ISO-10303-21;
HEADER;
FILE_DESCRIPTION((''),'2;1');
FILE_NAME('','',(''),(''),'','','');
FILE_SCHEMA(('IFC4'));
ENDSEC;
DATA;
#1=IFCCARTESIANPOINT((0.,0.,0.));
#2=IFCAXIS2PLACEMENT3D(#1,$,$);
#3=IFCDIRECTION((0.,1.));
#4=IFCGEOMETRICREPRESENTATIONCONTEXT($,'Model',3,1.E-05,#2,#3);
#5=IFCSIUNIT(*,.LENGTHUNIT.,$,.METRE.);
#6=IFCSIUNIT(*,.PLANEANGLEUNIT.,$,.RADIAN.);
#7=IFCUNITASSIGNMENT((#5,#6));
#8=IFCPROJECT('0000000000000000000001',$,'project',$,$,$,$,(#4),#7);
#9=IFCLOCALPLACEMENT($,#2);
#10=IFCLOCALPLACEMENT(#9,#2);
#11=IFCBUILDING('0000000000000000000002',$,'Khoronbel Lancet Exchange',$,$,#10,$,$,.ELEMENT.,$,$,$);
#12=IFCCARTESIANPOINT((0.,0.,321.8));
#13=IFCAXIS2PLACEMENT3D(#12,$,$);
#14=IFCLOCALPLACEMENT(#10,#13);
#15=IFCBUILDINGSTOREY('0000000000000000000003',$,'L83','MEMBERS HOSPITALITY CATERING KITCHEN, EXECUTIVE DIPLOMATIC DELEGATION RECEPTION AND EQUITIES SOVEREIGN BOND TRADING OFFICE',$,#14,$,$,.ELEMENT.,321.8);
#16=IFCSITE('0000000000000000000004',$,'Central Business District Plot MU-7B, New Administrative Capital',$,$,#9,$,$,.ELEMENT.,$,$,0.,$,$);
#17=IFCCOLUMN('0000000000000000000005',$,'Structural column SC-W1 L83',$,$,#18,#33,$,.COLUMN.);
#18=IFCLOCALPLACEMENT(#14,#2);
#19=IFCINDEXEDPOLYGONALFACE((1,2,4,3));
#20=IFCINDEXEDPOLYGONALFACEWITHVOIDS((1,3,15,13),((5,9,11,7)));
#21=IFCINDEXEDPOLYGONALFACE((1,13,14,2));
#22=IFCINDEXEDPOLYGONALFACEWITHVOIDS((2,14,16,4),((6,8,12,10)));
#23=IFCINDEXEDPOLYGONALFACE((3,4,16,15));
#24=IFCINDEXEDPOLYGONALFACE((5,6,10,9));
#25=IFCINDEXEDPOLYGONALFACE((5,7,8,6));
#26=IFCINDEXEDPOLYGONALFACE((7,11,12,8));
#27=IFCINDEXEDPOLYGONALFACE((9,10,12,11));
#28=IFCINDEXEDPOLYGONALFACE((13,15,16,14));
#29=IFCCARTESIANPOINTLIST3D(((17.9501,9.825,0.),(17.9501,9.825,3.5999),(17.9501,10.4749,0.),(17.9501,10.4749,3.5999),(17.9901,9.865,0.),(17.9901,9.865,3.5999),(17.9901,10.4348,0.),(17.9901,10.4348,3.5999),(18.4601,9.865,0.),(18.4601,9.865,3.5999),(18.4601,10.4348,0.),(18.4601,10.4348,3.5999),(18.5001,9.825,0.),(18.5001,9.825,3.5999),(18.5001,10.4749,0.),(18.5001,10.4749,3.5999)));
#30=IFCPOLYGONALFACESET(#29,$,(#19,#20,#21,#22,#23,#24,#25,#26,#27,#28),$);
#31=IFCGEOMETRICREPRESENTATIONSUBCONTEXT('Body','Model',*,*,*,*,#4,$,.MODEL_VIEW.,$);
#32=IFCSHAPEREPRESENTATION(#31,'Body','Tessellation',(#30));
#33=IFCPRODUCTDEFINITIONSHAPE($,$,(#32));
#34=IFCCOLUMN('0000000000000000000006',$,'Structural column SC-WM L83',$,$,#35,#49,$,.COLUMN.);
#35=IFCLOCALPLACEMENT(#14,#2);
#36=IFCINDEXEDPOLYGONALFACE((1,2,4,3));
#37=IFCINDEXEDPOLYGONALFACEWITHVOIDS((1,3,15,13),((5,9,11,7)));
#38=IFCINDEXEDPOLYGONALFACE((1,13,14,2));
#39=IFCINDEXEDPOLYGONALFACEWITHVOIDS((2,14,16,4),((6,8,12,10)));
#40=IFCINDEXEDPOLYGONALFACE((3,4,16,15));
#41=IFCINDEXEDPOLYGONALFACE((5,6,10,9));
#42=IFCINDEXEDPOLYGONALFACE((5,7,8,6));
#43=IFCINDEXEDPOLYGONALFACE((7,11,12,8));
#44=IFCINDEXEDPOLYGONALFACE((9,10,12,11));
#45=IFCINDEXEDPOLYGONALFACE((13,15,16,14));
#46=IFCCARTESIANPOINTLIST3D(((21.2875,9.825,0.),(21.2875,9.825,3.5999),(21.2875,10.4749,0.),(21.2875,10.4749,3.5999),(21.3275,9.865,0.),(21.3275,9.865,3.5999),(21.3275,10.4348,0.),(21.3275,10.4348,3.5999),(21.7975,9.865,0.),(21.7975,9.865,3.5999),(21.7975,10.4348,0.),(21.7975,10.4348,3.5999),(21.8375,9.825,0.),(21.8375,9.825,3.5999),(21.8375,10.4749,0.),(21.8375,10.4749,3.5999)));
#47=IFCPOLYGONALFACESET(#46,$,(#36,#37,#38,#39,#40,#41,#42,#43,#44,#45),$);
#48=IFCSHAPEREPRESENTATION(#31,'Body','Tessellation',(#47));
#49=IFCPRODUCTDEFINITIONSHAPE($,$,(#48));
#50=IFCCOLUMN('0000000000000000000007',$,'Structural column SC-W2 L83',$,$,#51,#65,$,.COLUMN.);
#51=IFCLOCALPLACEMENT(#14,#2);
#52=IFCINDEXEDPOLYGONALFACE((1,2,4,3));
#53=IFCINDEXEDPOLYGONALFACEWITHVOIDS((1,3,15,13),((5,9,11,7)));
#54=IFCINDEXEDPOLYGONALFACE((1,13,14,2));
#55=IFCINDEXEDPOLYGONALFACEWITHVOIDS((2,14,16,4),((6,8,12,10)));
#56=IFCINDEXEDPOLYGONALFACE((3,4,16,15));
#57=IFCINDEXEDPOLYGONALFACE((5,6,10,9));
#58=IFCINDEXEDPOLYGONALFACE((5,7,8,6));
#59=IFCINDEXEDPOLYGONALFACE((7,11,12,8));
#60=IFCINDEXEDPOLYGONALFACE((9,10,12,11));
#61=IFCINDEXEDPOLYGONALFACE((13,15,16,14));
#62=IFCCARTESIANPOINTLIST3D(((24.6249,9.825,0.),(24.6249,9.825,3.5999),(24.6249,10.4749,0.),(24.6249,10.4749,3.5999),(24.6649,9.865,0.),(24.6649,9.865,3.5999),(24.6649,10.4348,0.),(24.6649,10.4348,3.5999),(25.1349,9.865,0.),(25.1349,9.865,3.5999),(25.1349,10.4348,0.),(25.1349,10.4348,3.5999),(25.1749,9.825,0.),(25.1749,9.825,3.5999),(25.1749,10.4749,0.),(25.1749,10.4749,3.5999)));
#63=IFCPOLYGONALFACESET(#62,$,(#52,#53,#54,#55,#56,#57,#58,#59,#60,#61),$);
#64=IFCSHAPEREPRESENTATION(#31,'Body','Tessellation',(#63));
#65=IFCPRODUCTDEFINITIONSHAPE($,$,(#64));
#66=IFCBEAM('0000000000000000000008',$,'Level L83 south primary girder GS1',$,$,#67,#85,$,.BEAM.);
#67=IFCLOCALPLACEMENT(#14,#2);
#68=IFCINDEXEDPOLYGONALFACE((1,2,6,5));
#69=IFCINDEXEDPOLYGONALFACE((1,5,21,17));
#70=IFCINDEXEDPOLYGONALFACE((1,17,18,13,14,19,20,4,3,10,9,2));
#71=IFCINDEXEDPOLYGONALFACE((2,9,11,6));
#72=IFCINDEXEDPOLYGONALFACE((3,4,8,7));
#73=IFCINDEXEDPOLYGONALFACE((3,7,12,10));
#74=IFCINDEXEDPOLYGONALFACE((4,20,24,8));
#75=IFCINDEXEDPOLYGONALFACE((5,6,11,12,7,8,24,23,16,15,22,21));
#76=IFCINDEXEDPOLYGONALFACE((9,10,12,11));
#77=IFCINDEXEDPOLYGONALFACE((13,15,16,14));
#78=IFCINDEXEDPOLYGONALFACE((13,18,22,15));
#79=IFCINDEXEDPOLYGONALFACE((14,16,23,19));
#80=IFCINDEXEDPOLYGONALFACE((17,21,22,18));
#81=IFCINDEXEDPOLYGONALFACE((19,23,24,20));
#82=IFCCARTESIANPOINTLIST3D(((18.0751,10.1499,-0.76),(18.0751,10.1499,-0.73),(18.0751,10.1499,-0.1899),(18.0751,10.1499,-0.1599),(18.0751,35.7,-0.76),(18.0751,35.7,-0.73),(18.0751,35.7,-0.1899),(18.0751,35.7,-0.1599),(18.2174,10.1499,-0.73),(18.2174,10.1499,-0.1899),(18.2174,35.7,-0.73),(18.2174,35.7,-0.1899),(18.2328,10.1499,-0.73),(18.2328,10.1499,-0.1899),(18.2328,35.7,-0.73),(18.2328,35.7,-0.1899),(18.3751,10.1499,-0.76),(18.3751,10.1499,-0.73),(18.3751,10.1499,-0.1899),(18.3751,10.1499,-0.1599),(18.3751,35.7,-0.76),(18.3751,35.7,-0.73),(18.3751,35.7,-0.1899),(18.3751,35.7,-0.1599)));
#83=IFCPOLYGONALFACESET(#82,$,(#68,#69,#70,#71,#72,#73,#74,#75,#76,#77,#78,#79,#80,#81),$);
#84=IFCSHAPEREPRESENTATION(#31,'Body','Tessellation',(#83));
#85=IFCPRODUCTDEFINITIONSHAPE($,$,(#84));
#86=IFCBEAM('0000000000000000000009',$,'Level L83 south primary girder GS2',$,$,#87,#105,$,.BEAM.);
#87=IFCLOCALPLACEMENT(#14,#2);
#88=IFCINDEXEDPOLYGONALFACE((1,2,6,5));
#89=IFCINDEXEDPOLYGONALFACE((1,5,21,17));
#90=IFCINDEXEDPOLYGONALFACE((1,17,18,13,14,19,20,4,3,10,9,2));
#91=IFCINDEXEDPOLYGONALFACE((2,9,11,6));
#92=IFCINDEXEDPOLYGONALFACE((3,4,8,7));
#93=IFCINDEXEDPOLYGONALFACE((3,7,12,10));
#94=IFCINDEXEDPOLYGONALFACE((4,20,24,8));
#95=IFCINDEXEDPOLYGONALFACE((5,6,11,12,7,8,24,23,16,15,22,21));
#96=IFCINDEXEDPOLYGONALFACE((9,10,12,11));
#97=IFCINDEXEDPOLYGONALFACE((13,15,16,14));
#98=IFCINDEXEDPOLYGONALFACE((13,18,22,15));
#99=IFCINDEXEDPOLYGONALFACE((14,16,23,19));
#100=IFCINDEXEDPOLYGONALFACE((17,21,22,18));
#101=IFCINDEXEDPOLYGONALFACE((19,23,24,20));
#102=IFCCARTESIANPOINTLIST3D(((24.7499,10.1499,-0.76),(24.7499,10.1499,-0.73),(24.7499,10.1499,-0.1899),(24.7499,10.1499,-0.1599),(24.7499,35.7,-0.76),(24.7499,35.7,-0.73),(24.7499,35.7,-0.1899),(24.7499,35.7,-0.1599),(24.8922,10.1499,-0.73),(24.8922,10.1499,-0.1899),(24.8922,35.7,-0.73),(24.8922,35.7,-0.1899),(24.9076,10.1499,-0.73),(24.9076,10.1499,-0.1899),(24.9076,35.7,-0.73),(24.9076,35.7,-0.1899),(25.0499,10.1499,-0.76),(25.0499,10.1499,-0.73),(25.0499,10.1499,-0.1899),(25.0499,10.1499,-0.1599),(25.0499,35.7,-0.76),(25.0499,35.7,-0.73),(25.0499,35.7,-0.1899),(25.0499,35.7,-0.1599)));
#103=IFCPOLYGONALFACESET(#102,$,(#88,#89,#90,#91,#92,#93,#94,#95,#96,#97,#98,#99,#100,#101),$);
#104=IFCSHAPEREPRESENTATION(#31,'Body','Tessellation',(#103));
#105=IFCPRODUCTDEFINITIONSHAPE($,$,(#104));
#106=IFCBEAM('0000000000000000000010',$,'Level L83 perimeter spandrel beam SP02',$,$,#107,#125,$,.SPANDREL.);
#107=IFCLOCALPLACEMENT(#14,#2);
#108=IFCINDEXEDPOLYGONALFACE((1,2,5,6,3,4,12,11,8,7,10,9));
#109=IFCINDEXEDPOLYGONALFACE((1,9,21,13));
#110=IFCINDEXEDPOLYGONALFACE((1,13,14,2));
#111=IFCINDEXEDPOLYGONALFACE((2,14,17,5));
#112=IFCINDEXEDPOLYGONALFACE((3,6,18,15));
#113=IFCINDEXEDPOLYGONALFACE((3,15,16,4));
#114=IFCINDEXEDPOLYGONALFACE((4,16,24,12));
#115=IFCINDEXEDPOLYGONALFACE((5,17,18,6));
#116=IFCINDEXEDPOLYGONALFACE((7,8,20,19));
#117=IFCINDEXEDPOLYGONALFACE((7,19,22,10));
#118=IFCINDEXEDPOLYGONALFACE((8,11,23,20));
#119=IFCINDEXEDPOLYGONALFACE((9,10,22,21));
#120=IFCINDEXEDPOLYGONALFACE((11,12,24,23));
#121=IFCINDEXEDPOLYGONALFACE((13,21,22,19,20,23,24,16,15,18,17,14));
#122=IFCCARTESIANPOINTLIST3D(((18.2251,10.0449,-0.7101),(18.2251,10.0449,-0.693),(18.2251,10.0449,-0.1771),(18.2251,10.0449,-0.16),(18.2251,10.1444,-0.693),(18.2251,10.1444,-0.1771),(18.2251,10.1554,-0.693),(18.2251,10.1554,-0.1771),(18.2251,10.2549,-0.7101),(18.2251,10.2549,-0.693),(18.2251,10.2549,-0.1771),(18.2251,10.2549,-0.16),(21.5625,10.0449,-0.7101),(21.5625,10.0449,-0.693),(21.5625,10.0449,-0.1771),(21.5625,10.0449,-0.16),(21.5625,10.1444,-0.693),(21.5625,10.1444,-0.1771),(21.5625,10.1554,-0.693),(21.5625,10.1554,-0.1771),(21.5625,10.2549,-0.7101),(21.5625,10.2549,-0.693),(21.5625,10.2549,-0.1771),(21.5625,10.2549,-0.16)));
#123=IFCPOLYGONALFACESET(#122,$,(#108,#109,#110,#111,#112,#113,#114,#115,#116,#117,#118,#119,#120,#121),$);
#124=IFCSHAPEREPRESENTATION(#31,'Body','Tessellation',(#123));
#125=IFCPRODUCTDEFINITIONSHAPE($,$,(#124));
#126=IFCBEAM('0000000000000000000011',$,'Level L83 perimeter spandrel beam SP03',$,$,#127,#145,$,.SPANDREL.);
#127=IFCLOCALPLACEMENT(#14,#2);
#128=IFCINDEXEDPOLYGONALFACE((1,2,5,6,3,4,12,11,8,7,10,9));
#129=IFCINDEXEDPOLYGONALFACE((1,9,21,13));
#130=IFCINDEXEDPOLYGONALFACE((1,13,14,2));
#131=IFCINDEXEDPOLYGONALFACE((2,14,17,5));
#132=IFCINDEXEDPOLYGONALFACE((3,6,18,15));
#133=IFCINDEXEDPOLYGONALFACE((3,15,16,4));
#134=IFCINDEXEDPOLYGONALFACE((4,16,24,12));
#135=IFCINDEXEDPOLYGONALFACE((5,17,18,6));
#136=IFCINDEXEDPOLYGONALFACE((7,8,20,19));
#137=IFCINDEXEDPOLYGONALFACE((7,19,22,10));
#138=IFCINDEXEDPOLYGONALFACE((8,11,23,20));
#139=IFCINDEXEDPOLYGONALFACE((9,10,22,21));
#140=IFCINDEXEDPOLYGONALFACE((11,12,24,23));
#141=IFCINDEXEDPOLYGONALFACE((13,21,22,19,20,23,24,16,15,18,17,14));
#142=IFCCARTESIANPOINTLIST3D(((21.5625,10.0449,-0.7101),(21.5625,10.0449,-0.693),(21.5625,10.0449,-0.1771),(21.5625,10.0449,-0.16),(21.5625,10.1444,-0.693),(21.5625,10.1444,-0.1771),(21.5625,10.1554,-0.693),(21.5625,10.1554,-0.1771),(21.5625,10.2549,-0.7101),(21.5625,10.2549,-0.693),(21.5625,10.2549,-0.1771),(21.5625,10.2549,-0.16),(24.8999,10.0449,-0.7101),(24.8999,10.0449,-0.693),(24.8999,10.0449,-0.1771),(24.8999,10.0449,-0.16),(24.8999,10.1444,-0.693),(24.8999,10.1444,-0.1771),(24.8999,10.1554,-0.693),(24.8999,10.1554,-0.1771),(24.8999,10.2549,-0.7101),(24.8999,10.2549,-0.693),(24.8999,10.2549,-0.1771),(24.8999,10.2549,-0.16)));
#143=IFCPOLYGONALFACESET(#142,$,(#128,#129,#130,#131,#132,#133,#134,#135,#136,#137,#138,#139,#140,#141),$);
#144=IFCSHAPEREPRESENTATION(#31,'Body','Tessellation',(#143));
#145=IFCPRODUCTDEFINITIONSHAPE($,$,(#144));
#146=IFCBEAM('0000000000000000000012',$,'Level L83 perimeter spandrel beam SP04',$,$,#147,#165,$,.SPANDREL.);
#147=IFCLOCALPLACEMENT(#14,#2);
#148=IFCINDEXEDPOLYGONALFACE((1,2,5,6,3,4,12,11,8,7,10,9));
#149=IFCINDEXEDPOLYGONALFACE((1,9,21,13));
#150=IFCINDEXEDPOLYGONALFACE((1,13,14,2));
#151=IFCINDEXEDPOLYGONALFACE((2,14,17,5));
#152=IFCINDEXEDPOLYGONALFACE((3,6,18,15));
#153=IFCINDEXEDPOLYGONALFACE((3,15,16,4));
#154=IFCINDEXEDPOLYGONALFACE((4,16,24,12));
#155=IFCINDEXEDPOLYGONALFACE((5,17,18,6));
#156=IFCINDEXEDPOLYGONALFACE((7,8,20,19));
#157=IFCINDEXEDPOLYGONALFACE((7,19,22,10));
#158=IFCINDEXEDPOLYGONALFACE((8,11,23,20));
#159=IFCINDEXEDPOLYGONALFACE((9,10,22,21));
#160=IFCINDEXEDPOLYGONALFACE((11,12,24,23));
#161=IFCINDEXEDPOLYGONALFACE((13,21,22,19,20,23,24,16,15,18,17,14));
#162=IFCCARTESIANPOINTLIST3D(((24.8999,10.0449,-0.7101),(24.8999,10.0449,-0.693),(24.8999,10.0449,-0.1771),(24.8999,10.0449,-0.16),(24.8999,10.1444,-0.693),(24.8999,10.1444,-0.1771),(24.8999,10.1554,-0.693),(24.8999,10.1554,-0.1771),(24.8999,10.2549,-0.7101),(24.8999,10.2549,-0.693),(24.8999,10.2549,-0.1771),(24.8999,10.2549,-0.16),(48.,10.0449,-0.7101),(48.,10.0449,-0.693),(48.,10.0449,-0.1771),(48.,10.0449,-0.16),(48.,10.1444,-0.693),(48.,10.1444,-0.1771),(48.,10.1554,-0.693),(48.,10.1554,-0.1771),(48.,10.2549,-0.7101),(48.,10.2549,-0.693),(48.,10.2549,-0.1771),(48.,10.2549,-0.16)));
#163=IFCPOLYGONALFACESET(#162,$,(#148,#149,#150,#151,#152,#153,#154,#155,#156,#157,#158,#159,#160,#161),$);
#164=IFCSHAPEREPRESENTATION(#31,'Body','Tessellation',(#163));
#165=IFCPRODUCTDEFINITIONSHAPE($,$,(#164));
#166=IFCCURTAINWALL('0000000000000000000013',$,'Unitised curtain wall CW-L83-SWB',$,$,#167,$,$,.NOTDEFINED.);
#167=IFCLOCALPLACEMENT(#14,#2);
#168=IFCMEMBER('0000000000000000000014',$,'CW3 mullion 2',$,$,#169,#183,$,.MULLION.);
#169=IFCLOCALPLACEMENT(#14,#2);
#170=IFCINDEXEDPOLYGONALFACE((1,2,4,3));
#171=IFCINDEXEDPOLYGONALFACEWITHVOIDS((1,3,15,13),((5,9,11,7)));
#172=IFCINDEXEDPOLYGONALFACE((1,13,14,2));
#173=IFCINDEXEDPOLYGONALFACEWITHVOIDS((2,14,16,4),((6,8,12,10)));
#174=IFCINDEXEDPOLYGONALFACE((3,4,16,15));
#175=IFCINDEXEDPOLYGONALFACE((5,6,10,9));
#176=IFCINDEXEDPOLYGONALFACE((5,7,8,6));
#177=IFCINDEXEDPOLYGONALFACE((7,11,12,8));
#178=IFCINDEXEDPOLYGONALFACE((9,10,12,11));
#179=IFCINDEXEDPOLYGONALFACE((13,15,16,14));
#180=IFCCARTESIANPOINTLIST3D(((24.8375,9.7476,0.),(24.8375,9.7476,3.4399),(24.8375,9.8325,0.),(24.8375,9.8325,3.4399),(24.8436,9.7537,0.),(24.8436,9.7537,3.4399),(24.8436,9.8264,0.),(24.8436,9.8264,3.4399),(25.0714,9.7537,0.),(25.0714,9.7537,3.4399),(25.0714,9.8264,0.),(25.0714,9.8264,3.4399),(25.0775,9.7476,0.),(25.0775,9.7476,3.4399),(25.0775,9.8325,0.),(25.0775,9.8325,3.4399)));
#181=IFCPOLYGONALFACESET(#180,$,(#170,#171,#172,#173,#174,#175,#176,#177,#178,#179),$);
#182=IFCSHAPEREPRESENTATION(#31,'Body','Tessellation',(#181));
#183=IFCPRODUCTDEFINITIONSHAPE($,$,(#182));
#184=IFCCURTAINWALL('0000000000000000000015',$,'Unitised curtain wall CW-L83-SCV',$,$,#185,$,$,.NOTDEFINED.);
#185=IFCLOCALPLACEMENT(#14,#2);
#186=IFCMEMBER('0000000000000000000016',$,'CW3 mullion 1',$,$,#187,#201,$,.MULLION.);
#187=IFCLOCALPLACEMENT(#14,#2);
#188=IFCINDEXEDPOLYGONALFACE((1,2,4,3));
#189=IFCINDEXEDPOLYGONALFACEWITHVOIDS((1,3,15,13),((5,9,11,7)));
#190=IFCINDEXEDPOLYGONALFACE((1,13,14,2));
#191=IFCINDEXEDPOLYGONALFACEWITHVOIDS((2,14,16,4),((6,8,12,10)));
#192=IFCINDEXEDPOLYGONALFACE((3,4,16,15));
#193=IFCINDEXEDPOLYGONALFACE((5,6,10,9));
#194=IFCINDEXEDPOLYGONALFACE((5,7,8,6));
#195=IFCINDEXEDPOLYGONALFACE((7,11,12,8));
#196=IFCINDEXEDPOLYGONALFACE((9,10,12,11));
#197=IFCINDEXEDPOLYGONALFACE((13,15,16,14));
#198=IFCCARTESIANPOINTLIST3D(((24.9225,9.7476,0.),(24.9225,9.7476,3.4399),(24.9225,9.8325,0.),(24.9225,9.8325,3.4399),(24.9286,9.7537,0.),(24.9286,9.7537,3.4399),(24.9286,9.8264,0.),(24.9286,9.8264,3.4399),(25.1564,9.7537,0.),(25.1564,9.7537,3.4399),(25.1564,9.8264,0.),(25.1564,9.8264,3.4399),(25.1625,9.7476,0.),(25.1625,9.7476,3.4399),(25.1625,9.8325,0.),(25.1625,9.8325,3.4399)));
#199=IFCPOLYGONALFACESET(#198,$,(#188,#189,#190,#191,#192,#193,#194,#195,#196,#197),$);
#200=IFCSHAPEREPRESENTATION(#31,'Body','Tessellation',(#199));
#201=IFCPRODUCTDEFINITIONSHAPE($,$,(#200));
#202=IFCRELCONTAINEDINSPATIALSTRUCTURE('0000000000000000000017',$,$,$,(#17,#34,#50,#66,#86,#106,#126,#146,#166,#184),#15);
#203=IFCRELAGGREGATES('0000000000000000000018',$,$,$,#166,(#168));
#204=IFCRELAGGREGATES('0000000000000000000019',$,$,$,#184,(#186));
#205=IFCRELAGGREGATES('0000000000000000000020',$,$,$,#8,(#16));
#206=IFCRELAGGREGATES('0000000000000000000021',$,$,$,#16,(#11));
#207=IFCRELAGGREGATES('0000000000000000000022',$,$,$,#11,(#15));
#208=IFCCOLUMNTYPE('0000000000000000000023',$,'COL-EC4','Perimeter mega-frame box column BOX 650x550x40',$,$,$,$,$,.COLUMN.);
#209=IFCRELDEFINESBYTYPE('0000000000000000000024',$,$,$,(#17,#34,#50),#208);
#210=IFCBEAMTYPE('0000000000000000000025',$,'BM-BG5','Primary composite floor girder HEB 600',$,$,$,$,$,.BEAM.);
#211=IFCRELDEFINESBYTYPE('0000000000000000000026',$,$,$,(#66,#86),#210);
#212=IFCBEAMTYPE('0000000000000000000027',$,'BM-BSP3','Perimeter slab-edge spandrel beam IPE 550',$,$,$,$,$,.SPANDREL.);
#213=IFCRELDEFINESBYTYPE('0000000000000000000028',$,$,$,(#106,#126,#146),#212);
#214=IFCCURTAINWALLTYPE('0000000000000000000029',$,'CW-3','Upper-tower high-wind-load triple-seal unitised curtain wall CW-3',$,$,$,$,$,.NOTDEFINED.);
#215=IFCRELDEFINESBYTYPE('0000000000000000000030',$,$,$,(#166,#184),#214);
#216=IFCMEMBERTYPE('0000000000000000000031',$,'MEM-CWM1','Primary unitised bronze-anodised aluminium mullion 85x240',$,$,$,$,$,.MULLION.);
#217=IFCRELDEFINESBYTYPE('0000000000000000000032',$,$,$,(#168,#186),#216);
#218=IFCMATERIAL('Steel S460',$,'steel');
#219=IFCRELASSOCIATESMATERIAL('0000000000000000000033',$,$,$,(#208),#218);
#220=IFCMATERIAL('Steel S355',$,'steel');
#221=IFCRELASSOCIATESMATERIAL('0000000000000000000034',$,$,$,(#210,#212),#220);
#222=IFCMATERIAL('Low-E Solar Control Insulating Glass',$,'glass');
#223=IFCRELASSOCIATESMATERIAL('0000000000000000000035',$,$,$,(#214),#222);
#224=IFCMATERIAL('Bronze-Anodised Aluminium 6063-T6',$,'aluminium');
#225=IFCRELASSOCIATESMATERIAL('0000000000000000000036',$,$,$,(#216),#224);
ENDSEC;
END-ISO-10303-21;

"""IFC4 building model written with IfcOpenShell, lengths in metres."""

from ifc_helpers import new_model, si_unit, direction, frame, origin, origin_2d, place, context, subcontext, project, spatial, hollow_rectangle, i_section, extrude, material, material_profile, profile_set, type_object, element, aggregate, save


model = new_model("IFC4")

# Units and contexts
model_context = context("Model", 3, precision=1e-05, world=origin(), true_north=direction((0.0, 1.0)))
body_context = subcontext(model_context, "Body", "Model", "MODEL_VIEW")
ifc_project = project(units=[si_unit("LENGTHUNIT", "METRE"), si_unit("PLANEANGLEUNIT", "RADIAN")], contexts=[model_context])

# Site, building, storey
site_placement = place(None, origin())
site = spatial("IfcSite", under=ifc_project, at=site_placement, Name="Central Business District Plot MU-7B, New Administrative Capital", CompositionType="ELEMENT", RefElevation=0.0)
building_placement = place(site_placement, origin())
building = spatial("IfcBuilding", under=site, at=building_placement, Name="Khoronbel Lancet Exchange", CompositionType="ELEMENT")
storey_placement = place(building_placement, frame((0.0, 0.0, 321.8)))
storey = spatial("IfcBuildingStorey", under=building, at=storey_placement, Name="L83", Description="MEMBERS HOSPITALITY CATERING KITCHEN, EXECUTIVE DIPLOMATIC DELEGATION RECEPTION AND EQUITIES SOVEREIGN BOND TRADING OFFICE", CompositionType="ELEMENT", Elevation=321.8)

# Columns
ifc_material_1 = material(Name="Steel S460", Category="steel")
ifc_material_profile_1 = material_profile(ifc_material_1, hollow_rectangle(XDim=0.55, YDim=0.6499, WallThickness=0.04, at=origin_2d()), Name="BOX 650x550x40")
ifc_profile_set_1 = profile_set([ifc_material_profile_1], Name="Steel S460")
column_type = type_object("IfcColumnType", Name="COL-EC4", Description="Perimeter mega-frame box column BOX 650x550x40", PredefinedType="COLUMN", material=ifc_profile_set_1)
for number, where, z_axis, x_axis, name in (
    (1, (18.2251, 10.1499, 0.0), (0.0, 0.0, 1.0), (1.0, 0.0, 0.0), "Structural column SC-W1 L83"),
    (2, (21.5625, 10.1499, 0.0), (0.0, 0.0, 1.0), (1.0, 0.0, 0.0), "Structural column SC-WM L83"),
    (3, (24.8999, 10.1499, 0.0), (0.0, 0.0, 1.0), (1.0, 0.0, 0.0), "Structural column SC-W2 L83"),
):
    element("IfcColumn", number, at=place(storey_placement, frame(where, z_axis=z_axis, x_axis=x_axis)), inside=storey, type_object=column_type, Name=name, PredefinedType="COLUMN", context=body_context, shape_type="SweptSolid", body=[
        extrude(hollow_rectangle(XDim=0.55, YDim=0.6499, WallThickness=0.04, at=origin_2d()), origin(), (0.0, 0.0, 1.0), 3.5999),
    ])

# Beams
ifc_material_2 = material(Name="Steel S355", Category="steel")
ifc_material_profile_2 = material_profile(ifc_material_2, i_section(OverallWidth=0.3, OverallDepth=0.6001, WebThickness=0.0154, FlangeThickness=0.03, at=origin_2d()), Name="HEB 600")
ifc_profile_set_2 = profile_set([ifc_material_profile_2], Name="Steel S355")
beam_type_1 = type_object("IfcBeamType", Name="BM-BG5", Description="Primary composite floor girder HEB 600", PredefinedType="BEAM", material=ifc_profile_set_2)
for number, where, z_axis, x_axis, name in (
    (4, (18.2251, 10.1499, -0.46), (0.0, 1.0, 0.0), (-1.0, 0.0, 0.0), "Level L83 south primary girder GS1"),
    (5, (24.8999, 10.1499, -0.46), (0.0, 1.0, 0.0), (-1.0, 0.0, 0.0), "Level L83 south primary girder GS2"),
):
    element("IfcBeam", number, at=place(storey_placement, frame(where, z_axis=z_axis, x_axis=x_axis)), inside=storey, type_object=beam_type_1, Name=name, PredefinedType="BEAM", context=body_context, shape_type="SweptSolid", body=[
        extrude(i_section(OverallWidth=0.3, OverallDepth=0.6001, WebThickness=0.0154, FlangeThickness=0.03, at=origin_2d()), origin(), (0.0, 0.0, 1.0), 25.55),
    ])
ifc_material_profile_3 = material_profile(ifc_material_2, i_section(OverallWidth=0.21, OverallDepth=0.55, WebThickness=0.011, FlangeThickness=0.0171, at=origin_2d()), Name="IPE 550")
ifc_profile_set_3 = profile_set([ifc_material_profile_3], Name="Steel S355")
beam_type_2 = type_object("IfcBeamType", Name="BM-BSP3", Description="Perimeter slab-edge spandrel beam IPE 550", PredefinedType="SPANDREL", material=ifc_profile_set_3)
for number, where, z_axis, x_axis, name in (
    (6, (18.2251, 10.1499, -0.4351), (1.0, 0.0, 0.0), (0.0, 1.0, 0.0), "Level L83 perimeter spandrel beam SP02"),
    (7, (21.5625, 10.1499, -0.4351), (1.0, 0.0, 0.0), (0.0, 1.0, 0.0), "Level L83 perimeter spandrel beam SP03"),
):
    element("IfcBeam", number, at=place(storey_placement, frame(where, z_axis=z_axis, x_axis=x_axis)), inside=storey, type_object=beam_type_2, Name=name, PredefinedType="SPANDREL", context=body_context, shape_type="SweptSolid", body=[
        extrude(i_section(OverallWidth=0.21, OverallDepth=0.55, WebThickness=0.011, FlangeThickness=0.0171, at=origin_2d()), origin(), (0.0, 0.0, 1.0), 3.3374),
    ])
beam_placement = place(storey_placement, frame((24.8999, 10.1499, -0.4351), z_axis=(1.0, 0.0, 0.0), x_axis=(0.0, 1.0, 0.0)))
element("IfcBeam", 8, at=beam_placement, inside=storey, type_object=beam_type_2, Name="Level L83 perimeter spandrel beam SP04", PredefinedType="SPANDREL", context=body_context, shape_type="SweptSolid", body=[
    extrude(i_section(OverallWidth=0.21, OverallDepth=0.55, WebThickness=0.011, FlangeThickness=0.0171, at=origin_2d()), origin(), (0.0, 0.0, 1.0), 23.1001),
])

# Curtain walls, members
ifc_material_3 = material(Name="Low-E Solar Control Insulating Glass", Category="glass")
curtain_wall_type = type_object("IfcCurtainWallType", Name="CW-3", Description="Upper-tower high-wind-load triple-seal unitised curtain wall CW-3", PredefinedType="NOTDEFINED", material=ifc_material_3)
curtain_wall_1_placement = place(storey_placement, origin())
curtain_wall_1 = element("IfcCurtainWall", 9, at=curtain_wall_1_placement, inside=storey, type_object=curtain_wall_type, Name="Unitised curtain wall CW-L83-SWB", PredefinedType="NOTDEFINED")
ifc_material_4 = material(Name="Bronze-Anodised Aluminium 6063-T6", Category="aluminium")
ifc_material_profile_4 = material_profile(ifc_material_4, hollow_rectangle(XDim=0.085, YDim=0.24, WallThickness=0.0061, at=origin_2d()), Name="ALU MULLION 85x240")
ifc_profile_set_4 = profile_set([ifc_material_profile_4], Name="Bronze-Anodised Aluminium 6063-T6")
member_type_1 = type_object("IfcMemberType", Name="MEM-CWM1", Description="Primary unitised bronze-anodised aluminium mullion 85x240", PredefinedType="MULLION", material=ifc_profile_set_4)
member_1_placement = place(storey_placement, frame((24.9575, 9.79, 0.0), z_axis=(0.0, 0.0, 1.0), x_axis=(0.0, 1.0, 0.0)))
member_1 = element("IfcMember", 10, at=member_1_placement, type_object=member_type_1, Name="CW3 mullion 2", PredefinedType="MULLION", context=body_context, shape_type="SweptSolid", body=[
    extrude(hollow_rectangle(XDim=0.085, YDim=0.24, WallThickness=0.0061, at=origin_2d()), origin(), (0.0, 0.0, 1.0), 3.4399),
])
curtain_wall_2_placement = place(storey_placement, origin())
curtain_wall_2 = element("IfcCurtainWall", 11, at=curtain_wall_2_placement, inside=storey, type_object=curtain_wall_type, Name="Unitised curtain wall CW-L83-SCV", PredefinedType="NOTDEFINED")
member_2_placement = place(storey_placement, frame((25.0425, 9.79, 0.0), z_axis=(0.0, 0.0, 1.0), x_axis=(0.0, 1.0, 0.0)))
member_2 = element("IfcMember", 12, at=member_2_placement, type_object=member_type_1, Name="CW3 mullion 1", PredefinedType="MULLION", context=body_context, shape_type="SweptSolid", body=[
    extrude(hollow_rectangle(XDim=0.085, YDim=0.24, WallThickness=0.0061, at=origin_2d()), origin(), (0.0, 0.0, 1.0), 3.4399),
])

aggregate(curtain_wall_1, [member_1])
aggregate(curtain_wall_2, [member_2])

save(model, "model.ifc")
